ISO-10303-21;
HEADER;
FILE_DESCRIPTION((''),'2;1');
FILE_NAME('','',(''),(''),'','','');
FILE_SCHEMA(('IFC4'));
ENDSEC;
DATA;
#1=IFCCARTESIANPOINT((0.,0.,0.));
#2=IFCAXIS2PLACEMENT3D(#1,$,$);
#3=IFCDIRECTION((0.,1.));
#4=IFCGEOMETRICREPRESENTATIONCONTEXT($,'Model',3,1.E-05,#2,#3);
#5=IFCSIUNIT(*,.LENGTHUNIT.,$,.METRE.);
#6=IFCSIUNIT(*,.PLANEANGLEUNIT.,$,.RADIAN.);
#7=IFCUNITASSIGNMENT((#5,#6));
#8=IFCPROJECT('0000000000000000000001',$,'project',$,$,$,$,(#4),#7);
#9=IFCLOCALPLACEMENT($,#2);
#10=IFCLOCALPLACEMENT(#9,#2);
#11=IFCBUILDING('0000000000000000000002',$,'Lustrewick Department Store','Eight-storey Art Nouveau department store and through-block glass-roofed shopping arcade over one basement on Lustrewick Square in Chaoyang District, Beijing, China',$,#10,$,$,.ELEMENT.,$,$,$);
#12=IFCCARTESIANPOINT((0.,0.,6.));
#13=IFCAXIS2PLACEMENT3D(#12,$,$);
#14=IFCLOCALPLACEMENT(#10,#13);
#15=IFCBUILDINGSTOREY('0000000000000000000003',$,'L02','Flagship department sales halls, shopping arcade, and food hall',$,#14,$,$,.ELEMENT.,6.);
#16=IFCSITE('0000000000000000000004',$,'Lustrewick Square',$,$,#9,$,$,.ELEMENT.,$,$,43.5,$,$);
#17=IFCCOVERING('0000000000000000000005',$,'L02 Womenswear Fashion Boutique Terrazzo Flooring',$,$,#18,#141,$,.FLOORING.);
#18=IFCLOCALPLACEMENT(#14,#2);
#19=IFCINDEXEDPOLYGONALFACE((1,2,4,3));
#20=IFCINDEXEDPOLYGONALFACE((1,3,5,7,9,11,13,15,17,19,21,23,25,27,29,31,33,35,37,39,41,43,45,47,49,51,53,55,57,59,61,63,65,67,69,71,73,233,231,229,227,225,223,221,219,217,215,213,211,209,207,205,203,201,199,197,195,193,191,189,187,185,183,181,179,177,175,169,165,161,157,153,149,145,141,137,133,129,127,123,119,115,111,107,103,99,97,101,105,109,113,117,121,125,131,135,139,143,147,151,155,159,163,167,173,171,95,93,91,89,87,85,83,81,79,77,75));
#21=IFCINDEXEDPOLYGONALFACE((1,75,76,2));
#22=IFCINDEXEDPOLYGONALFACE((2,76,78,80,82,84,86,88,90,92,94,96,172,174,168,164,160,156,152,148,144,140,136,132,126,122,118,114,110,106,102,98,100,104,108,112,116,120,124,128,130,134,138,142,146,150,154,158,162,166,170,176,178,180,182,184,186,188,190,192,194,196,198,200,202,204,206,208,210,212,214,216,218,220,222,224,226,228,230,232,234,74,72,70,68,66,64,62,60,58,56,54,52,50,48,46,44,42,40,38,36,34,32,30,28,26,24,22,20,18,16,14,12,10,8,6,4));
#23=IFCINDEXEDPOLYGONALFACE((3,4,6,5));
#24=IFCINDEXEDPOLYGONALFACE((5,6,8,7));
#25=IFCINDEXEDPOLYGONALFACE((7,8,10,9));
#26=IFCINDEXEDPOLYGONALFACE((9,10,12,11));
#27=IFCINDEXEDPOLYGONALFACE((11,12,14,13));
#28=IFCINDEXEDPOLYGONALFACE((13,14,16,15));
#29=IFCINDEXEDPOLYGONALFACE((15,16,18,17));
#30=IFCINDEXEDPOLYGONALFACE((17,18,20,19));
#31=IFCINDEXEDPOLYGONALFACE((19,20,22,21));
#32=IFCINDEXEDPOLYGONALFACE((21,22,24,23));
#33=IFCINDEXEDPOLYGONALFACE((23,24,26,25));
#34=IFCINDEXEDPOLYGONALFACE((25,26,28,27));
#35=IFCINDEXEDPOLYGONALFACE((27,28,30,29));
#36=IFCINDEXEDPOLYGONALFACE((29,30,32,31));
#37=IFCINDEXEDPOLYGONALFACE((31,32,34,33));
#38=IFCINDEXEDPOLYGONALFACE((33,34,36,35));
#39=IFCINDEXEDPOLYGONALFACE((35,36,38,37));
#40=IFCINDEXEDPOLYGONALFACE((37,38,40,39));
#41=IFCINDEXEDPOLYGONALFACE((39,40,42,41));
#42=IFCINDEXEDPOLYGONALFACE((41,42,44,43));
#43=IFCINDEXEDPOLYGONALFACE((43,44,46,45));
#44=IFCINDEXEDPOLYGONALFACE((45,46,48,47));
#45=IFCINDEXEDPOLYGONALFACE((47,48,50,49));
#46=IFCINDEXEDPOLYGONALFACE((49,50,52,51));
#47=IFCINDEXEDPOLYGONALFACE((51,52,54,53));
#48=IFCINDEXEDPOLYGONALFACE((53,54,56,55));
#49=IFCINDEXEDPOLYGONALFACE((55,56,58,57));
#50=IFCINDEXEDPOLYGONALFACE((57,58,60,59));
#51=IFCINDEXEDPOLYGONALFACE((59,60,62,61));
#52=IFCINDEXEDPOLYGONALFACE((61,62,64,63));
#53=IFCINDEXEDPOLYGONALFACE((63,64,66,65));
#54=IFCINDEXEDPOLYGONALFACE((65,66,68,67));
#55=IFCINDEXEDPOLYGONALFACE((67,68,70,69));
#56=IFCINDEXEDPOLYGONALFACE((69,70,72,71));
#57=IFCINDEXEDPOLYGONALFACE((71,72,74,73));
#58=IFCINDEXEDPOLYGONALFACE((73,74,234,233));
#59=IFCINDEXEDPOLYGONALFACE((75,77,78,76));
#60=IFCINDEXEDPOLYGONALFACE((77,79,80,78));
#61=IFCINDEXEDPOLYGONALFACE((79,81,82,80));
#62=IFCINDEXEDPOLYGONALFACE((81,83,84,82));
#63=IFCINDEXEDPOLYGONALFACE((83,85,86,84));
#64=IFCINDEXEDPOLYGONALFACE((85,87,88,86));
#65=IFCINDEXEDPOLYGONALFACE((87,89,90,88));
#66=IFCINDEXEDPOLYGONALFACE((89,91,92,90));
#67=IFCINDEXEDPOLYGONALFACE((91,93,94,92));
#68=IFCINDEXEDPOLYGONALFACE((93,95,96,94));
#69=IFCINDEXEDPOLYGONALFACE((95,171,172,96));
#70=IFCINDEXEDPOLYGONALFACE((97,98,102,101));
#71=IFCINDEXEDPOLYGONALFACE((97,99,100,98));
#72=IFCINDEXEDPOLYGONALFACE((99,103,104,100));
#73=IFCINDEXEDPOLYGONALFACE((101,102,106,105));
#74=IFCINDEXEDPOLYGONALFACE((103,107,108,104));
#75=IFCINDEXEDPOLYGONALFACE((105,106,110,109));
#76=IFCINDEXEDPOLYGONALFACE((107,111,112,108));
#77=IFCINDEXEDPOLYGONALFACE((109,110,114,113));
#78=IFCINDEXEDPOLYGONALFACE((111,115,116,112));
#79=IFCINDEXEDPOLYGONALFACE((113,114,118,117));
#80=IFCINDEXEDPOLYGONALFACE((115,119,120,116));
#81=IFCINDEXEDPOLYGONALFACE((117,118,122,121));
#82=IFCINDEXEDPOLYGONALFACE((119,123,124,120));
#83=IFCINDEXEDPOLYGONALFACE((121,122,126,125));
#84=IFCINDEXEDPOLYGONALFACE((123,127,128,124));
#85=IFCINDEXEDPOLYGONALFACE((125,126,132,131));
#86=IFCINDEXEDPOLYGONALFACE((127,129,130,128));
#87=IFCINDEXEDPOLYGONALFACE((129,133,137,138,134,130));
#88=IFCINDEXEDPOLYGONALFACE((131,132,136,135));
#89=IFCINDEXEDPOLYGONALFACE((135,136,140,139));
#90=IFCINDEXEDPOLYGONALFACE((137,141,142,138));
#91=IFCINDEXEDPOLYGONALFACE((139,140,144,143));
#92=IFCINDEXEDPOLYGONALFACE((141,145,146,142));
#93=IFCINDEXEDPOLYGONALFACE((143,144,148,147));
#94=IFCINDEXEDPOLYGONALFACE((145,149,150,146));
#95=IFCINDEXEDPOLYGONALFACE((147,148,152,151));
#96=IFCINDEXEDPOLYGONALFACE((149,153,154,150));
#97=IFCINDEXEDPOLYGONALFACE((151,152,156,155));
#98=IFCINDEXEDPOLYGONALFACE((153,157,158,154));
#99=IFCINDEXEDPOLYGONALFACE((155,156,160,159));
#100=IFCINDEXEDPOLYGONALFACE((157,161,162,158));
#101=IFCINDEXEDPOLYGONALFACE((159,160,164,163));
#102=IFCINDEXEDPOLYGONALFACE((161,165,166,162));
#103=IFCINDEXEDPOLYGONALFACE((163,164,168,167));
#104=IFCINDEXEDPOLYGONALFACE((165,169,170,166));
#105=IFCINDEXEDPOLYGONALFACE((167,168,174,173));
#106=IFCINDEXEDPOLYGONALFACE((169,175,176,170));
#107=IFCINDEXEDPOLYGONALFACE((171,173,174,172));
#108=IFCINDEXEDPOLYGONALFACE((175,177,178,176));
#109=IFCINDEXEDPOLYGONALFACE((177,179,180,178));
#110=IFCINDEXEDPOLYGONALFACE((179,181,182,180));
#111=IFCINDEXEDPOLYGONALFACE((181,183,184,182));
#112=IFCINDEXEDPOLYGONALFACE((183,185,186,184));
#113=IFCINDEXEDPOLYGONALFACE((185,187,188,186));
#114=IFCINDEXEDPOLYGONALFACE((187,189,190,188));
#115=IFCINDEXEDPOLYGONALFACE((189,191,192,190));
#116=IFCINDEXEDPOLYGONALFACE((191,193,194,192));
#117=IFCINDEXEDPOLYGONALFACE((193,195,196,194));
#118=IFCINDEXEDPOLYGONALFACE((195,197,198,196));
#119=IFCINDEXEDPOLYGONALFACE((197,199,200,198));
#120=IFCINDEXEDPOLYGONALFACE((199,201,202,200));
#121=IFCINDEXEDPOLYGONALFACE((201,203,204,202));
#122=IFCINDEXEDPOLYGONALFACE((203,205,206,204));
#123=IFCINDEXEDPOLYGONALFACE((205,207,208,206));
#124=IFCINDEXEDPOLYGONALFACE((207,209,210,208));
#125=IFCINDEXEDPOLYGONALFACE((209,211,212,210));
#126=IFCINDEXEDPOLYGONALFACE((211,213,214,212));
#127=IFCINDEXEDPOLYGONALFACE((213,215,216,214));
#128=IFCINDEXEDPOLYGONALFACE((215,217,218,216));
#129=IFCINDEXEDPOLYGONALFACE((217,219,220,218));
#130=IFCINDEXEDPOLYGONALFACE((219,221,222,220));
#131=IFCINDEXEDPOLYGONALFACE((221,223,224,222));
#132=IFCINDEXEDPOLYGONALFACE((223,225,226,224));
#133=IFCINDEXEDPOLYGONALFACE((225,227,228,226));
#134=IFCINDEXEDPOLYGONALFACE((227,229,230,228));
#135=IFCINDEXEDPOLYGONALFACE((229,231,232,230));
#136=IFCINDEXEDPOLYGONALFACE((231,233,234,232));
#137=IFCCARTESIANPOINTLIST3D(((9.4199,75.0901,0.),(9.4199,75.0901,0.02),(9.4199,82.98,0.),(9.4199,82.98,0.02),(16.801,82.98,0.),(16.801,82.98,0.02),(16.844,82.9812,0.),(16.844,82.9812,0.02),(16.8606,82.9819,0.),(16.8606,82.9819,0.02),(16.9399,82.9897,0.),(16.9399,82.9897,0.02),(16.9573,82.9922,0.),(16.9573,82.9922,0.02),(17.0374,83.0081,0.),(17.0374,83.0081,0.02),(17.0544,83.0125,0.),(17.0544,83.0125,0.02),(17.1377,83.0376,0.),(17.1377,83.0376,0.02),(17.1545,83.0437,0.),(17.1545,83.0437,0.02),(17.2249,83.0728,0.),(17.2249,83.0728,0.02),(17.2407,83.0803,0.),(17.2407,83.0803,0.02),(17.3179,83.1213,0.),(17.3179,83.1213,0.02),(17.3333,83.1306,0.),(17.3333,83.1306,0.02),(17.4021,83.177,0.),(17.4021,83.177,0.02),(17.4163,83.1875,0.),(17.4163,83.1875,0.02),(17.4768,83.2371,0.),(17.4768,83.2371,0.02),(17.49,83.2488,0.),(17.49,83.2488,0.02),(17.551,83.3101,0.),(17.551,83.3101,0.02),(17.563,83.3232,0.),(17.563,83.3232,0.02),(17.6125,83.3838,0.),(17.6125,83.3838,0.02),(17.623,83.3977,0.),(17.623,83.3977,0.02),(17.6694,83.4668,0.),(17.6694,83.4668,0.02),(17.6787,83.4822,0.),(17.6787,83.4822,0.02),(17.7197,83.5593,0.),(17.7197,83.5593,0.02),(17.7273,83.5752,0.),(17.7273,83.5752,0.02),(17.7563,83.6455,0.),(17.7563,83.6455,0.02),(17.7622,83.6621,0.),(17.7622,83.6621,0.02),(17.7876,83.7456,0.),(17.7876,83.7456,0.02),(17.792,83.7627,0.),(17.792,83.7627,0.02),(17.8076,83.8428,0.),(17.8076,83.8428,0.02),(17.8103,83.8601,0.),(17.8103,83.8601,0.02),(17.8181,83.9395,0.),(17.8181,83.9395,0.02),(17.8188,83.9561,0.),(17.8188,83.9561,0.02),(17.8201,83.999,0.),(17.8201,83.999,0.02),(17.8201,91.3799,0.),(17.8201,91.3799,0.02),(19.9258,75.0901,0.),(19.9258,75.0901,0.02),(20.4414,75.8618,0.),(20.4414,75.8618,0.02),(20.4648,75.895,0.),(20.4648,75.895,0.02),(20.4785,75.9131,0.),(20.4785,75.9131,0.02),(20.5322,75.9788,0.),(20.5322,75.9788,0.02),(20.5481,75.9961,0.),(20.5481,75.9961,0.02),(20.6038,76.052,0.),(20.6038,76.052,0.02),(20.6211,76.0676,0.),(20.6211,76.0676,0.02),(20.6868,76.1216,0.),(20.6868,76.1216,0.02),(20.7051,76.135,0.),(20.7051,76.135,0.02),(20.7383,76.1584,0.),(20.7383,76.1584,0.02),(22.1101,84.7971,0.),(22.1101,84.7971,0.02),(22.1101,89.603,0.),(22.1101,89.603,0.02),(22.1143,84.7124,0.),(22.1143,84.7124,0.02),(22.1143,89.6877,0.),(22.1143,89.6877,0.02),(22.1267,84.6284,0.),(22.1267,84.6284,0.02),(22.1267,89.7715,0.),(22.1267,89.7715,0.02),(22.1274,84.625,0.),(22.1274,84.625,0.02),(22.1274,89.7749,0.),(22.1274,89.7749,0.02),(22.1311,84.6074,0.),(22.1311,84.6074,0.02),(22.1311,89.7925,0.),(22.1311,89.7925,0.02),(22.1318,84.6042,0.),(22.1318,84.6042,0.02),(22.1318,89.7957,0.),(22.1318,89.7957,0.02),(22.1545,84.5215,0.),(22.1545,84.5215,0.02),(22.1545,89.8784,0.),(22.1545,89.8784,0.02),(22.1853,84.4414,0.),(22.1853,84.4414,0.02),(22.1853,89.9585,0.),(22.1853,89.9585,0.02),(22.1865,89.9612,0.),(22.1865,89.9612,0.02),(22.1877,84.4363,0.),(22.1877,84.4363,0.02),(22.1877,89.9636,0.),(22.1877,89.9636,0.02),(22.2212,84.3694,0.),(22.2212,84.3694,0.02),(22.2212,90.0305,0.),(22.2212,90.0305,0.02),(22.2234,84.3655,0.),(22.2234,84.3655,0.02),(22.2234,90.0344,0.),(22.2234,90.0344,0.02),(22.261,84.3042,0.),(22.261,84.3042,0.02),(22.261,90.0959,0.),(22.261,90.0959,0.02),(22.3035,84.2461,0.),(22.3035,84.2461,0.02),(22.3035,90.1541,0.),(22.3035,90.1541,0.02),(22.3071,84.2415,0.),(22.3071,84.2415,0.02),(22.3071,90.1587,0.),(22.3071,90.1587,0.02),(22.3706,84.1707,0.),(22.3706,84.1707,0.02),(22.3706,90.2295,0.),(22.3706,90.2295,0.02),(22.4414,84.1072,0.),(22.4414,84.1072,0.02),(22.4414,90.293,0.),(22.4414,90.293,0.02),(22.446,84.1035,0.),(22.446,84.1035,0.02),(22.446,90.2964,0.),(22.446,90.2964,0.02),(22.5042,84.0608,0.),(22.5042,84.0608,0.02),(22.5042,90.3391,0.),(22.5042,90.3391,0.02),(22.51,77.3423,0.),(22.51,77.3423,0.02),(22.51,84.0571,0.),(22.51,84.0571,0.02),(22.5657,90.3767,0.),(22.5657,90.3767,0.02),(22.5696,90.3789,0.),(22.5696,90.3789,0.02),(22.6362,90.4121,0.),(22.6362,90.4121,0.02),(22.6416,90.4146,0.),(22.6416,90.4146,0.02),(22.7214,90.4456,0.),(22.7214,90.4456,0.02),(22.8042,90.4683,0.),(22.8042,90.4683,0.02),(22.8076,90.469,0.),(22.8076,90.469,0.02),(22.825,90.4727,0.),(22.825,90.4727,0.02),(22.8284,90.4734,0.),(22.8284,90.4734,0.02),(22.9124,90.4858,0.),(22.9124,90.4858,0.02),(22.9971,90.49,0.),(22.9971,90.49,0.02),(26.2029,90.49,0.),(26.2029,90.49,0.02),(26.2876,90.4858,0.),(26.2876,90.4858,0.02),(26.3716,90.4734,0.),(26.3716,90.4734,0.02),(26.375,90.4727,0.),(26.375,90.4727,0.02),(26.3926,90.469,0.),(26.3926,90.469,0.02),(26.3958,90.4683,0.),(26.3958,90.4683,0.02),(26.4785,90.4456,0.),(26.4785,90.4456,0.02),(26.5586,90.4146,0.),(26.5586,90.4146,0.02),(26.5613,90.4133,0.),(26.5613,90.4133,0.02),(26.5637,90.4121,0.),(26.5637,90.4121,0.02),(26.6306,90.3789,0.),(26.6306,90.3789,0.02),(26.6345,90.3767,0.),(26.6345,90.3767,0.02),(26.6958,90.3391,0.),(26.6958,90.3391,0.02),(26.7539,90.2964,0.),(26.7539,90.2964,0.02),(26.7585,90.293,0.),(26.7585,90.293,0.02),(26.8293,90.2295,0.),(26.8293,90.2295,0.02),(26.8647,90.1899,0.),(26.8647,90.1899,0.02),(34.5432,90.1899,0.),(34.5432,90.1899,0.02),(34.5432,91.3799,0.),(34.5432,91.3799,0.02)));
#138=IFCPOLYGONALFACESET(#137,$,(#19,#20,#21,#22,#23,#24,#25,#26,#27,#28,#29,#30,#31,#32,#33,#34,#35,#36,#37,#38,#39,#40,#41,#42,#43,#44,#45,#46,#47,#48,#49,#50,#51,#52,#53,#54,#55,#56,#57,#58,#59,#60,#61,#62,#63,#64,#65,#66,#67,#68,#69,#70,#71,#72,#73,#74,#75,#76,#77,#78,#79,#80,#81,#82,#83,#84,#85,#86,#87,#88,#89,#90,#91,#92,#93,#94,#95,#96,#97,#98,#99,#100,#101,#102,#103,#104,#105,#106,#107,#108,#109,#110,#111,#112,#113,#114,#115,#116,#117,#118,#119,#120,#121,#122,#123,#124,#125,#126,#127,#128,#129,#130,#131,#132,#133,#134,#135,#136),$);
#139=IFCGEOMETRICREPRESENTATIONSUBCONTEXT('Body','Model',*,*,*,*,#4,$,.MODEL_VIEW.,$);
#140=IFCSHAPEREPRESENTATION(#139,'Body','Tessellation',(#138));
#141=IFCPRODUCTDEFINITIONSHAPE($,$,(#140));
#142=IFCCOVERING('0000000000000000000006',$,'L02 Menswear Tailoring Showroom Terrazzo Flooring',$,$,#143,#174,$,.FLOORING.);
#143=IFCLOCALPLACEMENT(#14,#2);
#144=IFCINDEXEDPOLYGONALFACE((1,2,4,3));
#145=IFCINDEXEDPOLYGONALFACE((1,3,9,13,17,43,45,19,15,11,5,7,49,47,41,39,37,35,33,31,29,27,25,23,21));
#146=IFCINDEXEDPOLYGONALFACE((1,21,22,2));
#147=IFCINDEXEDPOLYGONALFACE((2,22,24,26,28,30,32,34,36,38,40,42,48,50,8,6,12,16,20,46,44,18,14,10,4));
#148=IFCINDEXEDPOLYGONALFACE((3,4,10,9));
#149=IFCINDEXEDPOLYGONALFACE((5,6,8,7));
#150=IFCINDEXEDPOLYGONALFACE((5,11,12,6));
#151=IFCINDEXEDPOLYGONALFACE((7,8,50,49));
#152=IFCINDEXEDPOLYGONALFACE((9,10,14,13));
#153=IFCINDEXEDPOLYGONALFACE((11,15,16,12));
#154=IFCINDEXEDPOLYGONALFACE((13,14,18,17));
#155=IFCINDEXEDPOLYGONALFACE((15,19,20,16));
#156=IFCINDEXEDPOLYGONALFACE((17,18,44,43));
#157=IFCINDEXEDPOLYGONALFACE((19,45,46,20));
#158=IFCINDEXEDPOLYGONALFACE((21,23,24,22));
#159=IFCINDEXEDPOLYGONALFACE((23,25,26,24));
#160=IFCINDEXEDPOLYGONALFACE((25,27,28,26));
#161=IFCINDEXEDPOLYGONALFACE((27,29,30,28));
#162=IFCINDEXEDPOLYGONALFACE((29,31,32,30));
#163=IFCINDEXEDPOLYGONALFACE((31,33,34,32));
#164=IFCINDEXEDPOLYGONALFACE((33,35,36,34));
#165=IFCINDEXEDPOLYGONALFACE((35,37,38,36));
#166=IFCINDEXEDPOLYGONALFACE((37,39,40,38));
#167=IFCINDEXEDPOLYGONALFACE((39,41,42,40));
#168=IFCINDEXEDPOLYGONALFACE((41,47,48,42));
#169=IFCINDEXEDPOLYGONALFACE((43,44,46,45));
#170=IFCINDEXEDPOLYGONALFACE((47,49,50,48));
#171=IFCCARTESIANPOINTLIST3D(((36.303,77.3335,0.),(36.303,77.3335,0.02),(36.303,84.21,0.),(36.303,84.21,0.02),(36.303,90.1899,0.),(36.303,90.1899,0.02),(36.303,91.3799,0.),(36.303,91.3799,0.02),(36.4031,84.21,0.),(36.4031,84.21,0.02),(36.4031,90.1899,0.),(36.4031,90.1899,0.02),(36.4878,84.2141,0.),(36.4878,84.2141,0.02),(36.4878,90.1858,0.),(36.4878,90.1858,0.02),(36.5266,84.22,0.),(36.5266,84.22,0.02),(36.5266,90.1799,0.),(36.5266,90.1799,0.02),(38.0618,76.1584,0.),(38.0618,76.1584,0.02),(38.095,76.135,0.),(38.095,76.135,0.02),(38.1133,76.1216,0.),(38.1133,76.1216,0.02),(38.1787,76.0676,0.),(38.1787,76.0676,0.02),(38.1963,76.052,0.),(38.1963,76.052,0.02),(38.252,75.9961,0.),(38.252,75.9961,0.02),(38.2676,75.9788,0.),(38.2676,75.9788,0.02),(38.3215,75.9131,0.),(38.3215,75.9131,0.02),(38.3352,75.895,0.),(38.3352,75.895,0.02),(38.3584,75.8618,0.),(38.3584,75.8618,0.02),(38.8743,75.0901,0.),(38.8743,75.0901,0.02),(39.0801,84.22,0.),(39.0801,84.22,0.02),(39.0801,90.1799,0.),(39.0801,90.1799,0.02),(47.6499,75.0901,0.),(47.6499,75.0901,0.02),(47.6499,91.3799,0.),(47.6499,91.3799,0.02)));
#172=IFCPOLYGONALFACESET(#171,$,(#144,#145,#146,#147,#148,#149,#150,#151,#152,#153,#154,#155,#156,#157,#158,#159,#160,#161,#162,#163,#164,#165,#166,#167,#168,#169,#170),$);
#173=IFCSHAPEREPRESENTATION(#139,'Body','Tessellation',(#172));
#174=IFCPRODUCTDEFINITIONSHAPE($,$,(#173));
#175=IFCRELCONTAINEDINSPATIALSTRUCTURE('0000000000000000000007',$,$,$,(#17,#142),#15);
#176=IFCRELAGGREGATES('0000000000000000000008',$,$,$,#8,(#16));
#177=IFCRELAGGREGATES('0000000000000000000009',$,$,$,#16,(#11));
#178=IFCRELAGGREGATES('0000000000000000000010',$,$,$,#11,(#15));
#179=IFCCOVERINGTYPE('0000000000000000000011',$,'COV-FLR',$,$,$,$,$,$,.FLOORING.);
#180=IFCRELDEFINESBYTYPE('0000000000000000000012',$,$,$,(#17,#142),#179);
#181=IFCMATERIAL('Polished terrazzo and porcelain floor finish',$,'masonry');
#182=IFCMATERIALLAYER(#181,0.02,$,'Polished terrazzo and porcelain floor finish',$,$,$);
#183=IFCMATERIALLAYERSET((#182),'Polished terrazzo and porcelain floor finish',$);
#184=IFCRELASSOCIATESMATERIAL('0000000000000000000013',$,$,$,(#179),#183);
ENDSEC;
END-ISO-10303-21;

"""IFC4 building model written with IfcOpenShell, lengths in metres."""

from ifc_helpers import new_model, si_unit, direction, frame, origin, place, context, subcontext, project, spatial, polyline, outline, extrude, material, layer, layer_set, type_object, element, save


model = new_model("IFC4")

# Units and contexts
model_context = context("Model", 3, precision=1e-05, world=origin(), true_north=direction((0.0, 1.0)))
body_context = subcontext(model_context, "Body", "Model", "MODEL_VIEW")
ifc_project = project(units=[si_unit("LENGTHUNIT", "METRE"), si_unit("PLANEANGLEUNIT", "RADIAN")], contexts=[model_context])

# Site, building, storey
site_placement = place(None, origin())
site = spatial("IfcSite", under=ifc_project, at=site_placement, Name="Lustrewick Square", CompositionType="ELEMENT", RefElevation=43.5)
building_placement = place(site_placement, origin())
building = spatial("IfcBuilding", under=site, at=building_placement, Name="Lustrewick Department Store", Description="Eight-storey Art Nouveau department store and through-block glass-roofed shopping arcade over one basement on Lustrewick Square in Chaoyang District, Beijing, China", CompositionType="ELEMENT")
storey_placement = place(building_placement, frame((0.0, 0.0, 6.0)))
storey = spatial("IfcBuildingStorey", under=building, at=storey_placement, Name="L02", Description="Flagship department sales halls, shopping arcade, and food hall", CompositionType="ELEMENT", Elevation=6.0)

# Coverings
ifc_material_1 = material(Name="Polished terrazzo and porcelain floor finish", Category="masonry")
ifc_layer_1 = layer(ifc_material_1, 0.02, Name="Polished terrazzo and porcelain floor finish")
ifc_layer_set_1 = layer_set([ifc_layer_1], Name="Polished terrazzo and porcelain floor finish")
covering_type_1 = type_object("IfcCoveringType", Name="COV-FLR", PredefinedType="FLOORING", material=ifc_layer_set_1)
covering_1_placement = place(storey_placement, origin())
element("IfcCovering", 1, at=covering_1_placement, inside=storey, type_object=covering_type_1, Name="L02 Womenswear Fashion Boutique Terrazzo Flooring", PredefinedType="FLOORING", context=body_context, shape_type="SweptSolid", body=[
    extrude(outline(polyline([(9.4199, 75.0901), (19.9258, 75.0901), (20.4414, 75.8618), (20.4648, 75.895), (20.4785, 75.9131), (20.5322, 75.9788), (20.5481, 75.9961), (20.6038, 76.052), (20.6211, 76.0676), (20.6868, 76.1216), (20.7051, 76.135), (20.7383, 76.1584), (22.51, 77.3423), (22.51, 84.0571), (22.5042, 84.0608), (22.446, 84.1035), (22.4414, 84.1072), (22.3706, 84.1707), (22.3071, 84.2415), (22.3035, 84.2461), (22.261, 84.3042), (22.2234, 84.3655), (22.2212, 84.3694), (22.1877, 84.4363), (22.1853, 84.4414), (22.1545, 84.5215), (22.1318, 84.6042), (22.1311, 84.6074), (22.1274, 84.625), (22.1267, 84.6284), (22.1143, 84.7124), (22.1101, 84.7971), (22.1101, 89.603), (22.1143, 89.6877), (22.1267, 89.7715), (22.1274, 89.7749), (22.1311, 89.7925), (22.1318, 89.7957), (22.1545, 89.8784), (22.1853, 89.9585), (22.1865, 89.9612), (22.1877, 89.9636), (22.2212, 90.0305), (22.2234, 90.0344), (22.261, 90.0959), (22.3035, 90.1541), (22.3071, 90.1587), (22.3706, 90.2295), (22.4414, 90.293), (22.446, 90.2964), (22.5042, 90.3391), (22.5657, 90.3767), (22.5696, 90.3789), (22.6362, 90.4121), (22.6416, 90.4146), (22.7214, 90.4456), (22.8042, 90.4683), (22.8076, 90.469), (22.825, 90.4727), (22.8284, 90.4734), (22.9124, 90.4858), (22.9971, 90.49), (26.2029, 90.49), (26.2876, 90.4858), (26.3716, 90.4734), (26.375, 90.4727), (26.3926, 90.469), (26.3958, 90.4683), (26.4785, 90.4456), (26.5586, 90.4146), (26.5613, 90.4133), (26.5637, 90.4121), (26.6306, 90.3789), (26.6345, 90.3767), (26.6958, 90.3391), (26.7539, 90.2964), (26.7585, 90.293), (26.8293, 90.2295), (26.8647, 90.1899), (34.5432, 90.1899), (34.5432, 91.3799), (17.8201, 91.3799), (17.8201, 83.999), (17.8188, 83.9561), (17.8181, 83.9395), (17.8103, 83.8601), (17.8076, 83.8428), (17.792, 83.7627), (17.7876, 83.7456), (17.7622, 83.6621), (17.7563, 83.6455), (17.7273, 83.5752), (17.7197, 83.5593), (17.6787, 83.4822), (17.6694, 83.4668), (17.623, 83.3977), (17.6125, 83.3838), (17.563, 83.3232), (17.551, 83.3101), (17.49, 83.2488), (17.4768, 83.2371), (17.4163, 83.1875), (17.4021, 83.177), (17.3333, 83.1306), (17.3179, 83.1213), (17.2407, 83.0803), (17.2249, 83.0728), (17.1545, 83.0437), (17.1377, 83.0376), (17.0544, 83.0125), (17.0374, 83.0081), (16.9573, 82.9922), (16.9399, 82.9897), (16.8606, 82.9819), (16.844, 82.9812), (16.801, 82.98), (9.4199, 82.98), (9.4199, 75.0901)])), origin(), (0.0, 0.0, 1.0), 0.02),
])
covering_2_placement = place(storey_placement, origin())
element("IfcCovering", 2, at=covering_2_placement, inside=storey, type_object=covering_type_1, Name="L02 Menswear Tailoring Showroom Terrazzo Flooring", PredefinedType="FLOORING", context=body_context, shape_type="SweptSolid", body=[
    extrude(outline(polyline([(47.6499, 75.0901), (47.6499, 91.3799), (36.303, 91.3799), (36.303, 90.1899), (36.4031, 90.1899), (36.4878, 90.1858), (36.5266, 90.1799), (39.0801, 90.1799), (39.0801, 84.22), (36.5266, 84.22), (36.4878, 84.2141), (36.4031, 84.21), (36.303, 84.21), (36.303, 77.3335), (38.0618, 76.1584), (38.095, 76.135), (38.1133, 76.1216), (38.1787, 76.0676), (38.1963, 76.052), (38.252, 75.9961), (38.2676, 75.9788), (38.3215, 75.9131), (38.3352, 75.895), (38.3584, 75.8618), (38.8743, 75.0901), (47.6499, 75.0901)])), origin(), (0.0, 0.0, 1.0), 0.02),
])

save(model, "model.ifc")
